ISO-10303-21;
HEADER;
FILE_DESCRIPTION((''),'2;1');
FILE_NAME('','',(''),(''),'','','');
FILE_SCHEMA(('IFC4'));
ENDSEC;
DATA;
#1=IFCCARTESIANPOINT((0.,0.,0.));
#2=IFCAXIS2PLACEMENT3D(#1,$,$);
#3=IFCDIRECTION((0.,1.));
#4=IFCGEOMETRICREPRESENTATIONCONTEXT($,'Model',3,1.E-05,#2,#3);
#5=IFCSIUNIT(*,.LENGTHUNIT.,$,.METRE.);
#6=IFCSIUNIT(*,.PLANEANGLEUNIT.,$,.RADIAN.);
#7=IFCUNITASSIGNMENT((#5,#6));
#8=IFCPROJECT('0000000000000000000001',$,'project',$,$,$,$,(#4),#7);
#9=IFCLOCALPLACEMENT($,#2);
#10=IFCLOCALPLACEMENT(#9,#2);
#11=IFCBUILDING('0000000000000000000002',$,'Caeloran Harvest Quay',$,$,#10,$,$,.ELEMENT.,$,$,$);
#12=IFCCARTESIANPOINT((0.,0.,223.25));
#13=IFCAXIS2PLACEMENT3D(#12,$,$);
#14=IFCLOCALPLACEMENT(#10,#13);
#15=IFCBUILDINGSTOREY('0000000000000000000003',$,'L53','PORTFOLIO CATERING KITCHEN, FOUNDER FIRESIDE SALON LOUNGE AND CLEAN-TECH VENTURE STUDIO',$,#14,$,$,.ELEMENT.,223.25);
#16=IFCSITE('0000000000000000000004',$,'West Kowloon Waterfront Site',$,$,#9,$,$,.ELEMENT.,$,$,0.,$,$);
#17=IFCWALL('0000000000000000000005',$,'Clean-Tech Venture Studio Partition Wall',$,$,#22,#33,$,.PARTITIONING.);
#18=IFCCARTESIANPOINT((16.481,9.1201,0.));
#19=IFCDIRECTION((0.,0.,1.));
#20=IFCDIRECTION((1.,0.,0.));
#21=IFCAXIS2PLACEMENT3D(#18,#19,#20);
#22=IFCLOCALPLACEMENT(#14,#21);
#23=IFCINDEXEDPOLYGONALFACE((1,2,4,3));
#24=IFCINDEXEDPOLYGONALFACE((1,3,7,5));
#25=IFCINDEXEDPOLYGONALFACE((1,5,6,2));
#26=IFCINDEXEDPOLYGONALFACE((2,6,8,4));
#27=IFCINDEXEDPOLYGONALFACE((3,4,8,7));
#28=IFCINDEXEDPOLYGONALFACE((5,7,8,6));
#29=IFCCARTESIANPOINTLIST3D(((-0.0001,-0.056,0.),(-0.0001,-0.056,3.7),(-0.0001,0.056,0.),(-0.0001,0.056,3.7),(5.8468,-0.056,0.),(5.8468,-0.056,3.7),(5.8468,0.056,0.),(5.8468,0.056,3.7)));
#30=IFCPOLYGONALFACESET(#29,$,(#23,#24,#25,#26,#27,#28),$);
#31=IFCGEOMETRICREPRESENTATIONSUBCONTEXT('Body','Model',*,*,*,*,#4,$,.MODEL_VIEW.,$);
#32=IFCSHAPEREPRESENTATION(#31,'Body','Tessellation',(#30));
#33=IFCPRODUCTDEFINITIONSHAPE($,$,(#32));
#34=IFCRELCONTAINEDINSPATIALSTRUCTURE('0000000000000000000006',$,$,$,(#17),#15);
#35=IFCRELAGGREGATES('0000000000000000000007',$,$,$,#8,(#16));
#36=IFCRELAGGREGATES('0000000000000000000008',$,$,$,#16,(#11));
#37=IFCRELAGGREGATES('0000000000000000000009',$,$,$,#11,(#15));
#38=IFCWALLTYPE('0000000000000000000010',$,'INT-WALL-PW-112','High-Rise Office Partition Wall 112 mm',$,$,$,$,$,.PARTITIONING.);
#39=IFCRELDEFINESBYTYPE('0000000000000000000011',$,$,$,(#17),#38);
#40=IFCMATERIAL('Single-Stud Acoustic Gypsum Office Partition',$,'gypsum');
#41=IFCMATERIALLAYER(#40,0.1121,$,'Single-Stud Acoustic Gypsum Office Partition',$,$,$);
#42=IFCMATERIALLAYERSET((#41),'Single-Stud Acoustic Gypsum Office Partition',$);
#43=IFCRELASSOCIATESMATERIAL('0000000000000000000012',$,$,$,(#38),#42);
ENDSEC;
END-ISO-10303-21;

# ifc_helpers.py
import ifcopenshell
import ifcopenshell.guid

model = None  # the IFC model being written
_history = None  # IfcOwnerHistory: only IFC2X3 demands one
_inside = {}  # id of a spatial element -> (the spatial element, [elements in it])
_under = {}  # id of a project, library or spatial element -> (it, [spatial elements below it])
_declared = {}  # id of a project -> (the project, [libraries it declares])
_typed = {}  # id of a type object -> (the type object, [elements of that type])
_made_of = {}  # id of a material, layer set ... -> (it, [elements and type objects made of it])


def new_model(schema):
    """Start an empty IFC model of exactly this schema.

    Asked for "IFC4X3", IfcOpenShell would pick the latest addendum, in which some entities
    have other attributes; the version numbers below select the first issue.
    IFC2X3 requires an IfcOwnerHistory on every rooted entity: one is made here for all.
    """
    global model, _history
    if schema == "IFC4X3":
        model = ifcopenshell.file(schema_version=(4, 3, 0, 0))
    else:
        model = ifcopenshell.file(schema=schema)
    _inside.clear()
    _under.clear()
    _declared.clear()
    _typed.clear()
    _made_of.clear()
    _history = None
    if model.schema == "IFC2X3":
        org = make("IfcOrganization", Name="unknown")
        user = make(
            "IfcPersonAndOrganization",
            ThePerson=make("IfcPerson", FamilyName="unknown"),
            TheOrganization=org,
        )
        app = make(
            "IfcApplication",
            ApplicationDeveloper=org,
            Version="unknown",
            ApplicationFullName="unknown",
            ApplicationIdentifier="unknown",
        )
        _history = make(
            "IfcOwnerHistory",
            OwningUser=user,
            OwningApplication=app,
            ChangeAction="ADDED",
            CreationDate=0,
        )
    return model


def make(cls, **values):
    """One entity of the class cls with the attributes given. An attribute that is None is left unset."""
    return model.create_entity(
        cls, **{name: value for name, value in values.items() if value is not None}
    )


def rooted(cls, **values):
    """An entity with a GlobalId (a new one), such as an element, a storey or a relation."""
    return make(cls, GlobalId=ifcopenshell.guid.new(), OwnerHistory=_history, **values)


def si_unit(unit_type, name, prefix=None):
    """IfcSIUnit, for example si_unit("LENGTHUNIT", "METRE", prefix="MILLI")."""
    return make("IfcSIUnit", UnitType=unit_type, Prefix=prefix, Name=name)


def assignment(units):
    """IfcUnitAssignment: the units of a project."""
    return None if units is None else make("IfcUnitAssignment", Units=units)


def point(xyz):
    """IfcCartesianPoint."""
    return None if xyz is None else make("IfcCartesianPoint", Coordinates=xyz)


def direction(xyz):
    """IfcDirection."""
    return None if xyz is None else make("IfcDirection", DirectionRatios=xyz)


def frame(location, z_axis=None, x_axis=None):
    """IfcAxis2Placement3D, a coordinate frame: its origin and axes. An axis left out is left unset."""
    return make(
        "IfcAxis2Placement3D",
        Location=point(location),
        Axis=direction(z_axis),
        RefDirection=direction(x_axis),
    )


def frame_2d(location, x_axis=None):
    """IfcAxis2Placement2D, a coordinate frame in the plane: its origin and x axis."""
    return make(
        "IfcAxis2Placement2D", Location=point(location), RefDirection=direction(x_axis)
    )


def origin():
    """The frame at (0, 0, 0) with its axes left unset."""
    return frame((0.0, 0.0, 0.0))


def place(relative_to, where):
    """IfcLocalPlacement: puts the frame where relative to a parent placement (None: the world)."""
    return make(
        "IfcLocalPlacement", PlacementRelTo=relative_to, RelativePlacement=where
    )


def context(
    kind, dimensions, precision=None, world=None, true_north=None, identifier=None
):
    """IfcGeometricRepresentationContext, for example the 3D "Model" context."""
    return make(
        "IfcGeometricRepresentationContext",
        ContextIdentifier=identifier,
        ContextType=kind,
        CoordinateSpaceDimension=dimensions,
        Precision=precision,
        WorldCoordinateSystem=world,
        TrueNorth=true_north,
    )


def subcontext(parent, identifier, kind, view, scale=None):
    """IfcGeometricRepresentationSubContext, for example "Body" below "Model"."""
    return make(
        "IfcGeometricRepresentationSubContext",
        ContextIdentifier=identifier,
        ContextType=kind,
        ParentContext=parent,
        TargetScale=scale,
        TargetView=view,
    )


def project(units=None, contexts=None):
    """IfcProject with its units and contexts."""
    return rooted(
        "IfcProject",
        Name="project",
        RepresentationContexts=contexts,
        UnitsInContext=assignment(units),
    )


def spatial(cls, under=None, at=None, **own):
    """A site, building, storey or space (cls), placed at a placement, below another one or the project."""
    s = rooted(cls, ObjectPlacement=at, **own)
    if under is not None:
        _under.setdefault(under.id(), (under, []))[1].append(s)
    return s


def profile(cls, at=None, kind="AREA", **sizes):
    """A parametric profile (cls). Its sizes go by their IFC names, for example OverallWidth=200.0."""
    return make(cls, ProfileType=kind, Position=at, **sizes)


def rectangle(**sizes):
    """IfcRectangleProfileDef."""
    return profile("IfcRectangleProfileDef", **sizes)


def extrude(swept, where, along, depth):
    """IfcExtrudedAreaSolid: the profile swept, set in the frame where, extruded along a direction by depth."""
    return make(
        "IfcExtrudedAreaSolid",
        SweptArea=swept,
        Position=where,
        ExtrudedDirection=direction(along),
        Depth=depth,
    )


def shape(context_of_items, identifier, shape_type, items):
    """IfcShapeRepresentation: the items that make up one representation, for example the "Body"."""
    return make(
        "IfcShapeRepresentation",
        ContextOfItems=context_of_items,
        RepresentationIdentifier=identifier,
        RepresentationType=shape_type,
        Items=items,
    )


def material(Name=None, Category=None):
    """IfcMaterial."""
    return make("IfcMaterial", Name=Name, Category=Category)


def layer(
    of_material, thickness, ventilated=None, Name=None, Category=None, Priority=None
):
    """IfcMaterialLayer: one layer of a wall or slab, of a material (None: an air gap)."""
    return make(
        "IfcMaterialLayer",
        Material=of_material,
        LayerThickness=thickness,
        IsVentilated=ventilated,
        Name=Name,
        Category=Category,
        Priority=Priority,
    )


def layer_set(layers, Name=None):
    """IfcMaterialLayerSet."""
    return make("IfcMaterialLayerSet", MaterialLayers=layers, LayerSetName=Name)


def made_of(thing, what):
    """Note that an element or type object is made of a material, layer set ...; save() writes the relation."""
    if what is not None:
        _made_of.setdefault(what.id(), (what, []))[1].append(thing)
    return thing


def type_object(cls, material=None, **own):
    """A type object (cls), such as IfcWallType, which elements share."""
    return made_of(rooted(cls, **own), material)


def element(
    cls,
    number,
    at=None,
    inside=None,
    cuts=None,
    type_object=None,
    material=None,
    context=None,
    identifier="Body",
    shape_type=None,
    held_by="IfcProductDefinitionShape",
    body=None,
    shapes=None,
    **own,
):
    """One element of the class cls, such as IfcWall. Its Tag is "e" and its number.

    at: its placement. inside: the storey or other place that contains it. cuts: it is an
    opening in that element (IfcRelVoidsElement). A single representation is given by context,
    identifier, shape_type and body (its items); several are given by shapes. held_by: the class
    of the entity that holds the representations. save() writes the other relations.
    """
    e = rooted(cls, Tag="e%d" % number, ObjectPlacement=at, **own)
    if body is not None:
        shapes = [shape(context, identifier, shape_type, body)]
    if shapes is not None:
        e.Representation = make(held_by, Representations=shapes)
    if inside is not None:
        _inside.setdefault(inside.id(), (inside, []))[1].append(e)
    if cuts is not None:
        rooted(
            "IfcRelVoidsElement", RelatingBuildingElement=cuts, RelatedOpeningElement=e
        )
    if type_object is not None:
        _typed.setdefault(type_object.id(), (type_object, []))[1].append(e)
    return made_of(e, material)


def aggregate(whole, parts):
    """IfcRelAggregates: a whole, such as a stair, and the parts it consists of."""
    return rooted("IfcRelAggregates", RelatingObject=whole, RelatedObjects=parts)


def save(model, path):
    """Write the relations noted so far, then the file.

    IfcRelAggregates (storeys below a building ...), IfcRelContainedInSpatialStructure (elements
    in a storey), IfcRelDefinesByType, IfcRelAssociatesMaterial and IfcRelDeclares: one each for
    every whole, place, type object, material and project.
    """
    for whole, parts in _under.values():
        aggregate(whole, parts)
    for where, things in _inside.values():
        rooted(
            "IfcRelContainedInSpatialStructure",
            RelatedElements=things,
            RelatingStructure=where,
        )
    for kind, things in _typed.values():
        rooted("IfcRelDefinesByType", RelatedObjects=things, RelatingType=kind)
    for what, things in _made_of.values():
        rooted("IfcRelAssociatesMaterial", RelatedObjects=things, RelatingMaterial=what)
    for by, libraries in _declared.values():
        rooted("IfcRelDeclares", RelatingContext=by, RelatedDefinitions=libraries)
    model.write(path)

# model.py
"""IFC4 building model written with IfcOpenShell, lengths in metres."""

from ifc_helpers import new_model, si_unit, direction, frame, frame_2d, origin, place, context, subcontext, project, spatial, rectangle, extrude, material, layer, layer_set, type_object, element, save


model = new_model("IFC4")

# Units and contexts
model_context = context("Model", 3, precision=1e-05, world=origin(), true_north=direction((0.0, 1.0)))
body_context = subcontext(model_context, "Body", "Model", "MODEL_VIEW")
ifc_project = project(units=[si_unit("LENGTHUNIT", "METRE"), si_unit("PLANEANGLEUNIT", "RADIAN")], contexts=[model_context])

# Site, building, storey
site_placement = place(None, origin())
site = spatial("IfcSite", under=ifc_project, at=site_placement, Name="West Kowloon Waterfront Site", CompositionType="ELEMENT", RefElevation=0.0)
building_placement = place(site_placement, origin())
building = spatial("IfcBuilding", under=site, at=building_placement, Name="Caeloran Harvest Quay", CompositionType="ELEMENT")
storey_placement = place(building_placement, frame((0.0, 0.0, 223.25)))
storey = spatial("IfcBuildingStorey", under=building, at=storey_placement, Name="L53", Description="PORTFOLIO CATERING KITCHEN, FOUNDER FIRESIDE SALON LOUNGE AND CLEAN-TECH VENTURE STUDIO", CompositionType="ELEMENT", Elevation=223.25)

# Wall
ifc_material_1 = material(Name="Single-Stud Acoustic Gypsum Office Partition", Category="gypsum")
ifc_layer_1 = layer(ifc_material_1, 0.1121, Name="Single-Stud Acoustic Gypsum Office Partition")
ifc_layer_set_1 = layer_set([ifc_layer_1], Name="Single-Stud Acoustic Gypsum Office Partition")
wall_type_1 = type_object("IfcWallType", Name="INT-WALL-PW-112", Description="High-Rise Office Partition Wall 112 mm", PredefinedType="PARTITIONING", material=ifc_layer_set_1)
wall_1_placement = place(storey_placement, frame((16.481, 9.1201, 0.0), z_axis=(0.0, 0.0, 1.0), x_axis=(1.0, 0.0, 0.0)))
element("IfcWall", 1, at=wall_1_placement, inside=storey, type_object=wall_type_1, Name="Clean-Tech Venture Studio Partition Wall", PredefinedType="PARTITIONING", context=body_context, shape_type="SweptSolid", body=[
    extrude(rectangle(XDim=5.8469, YDim=0.1121, at=frame_2d((2.9233, 0.0))), origin(), (0.0, 0.0, 1.0), 3.7),
])

save(model, "model.ifc")
